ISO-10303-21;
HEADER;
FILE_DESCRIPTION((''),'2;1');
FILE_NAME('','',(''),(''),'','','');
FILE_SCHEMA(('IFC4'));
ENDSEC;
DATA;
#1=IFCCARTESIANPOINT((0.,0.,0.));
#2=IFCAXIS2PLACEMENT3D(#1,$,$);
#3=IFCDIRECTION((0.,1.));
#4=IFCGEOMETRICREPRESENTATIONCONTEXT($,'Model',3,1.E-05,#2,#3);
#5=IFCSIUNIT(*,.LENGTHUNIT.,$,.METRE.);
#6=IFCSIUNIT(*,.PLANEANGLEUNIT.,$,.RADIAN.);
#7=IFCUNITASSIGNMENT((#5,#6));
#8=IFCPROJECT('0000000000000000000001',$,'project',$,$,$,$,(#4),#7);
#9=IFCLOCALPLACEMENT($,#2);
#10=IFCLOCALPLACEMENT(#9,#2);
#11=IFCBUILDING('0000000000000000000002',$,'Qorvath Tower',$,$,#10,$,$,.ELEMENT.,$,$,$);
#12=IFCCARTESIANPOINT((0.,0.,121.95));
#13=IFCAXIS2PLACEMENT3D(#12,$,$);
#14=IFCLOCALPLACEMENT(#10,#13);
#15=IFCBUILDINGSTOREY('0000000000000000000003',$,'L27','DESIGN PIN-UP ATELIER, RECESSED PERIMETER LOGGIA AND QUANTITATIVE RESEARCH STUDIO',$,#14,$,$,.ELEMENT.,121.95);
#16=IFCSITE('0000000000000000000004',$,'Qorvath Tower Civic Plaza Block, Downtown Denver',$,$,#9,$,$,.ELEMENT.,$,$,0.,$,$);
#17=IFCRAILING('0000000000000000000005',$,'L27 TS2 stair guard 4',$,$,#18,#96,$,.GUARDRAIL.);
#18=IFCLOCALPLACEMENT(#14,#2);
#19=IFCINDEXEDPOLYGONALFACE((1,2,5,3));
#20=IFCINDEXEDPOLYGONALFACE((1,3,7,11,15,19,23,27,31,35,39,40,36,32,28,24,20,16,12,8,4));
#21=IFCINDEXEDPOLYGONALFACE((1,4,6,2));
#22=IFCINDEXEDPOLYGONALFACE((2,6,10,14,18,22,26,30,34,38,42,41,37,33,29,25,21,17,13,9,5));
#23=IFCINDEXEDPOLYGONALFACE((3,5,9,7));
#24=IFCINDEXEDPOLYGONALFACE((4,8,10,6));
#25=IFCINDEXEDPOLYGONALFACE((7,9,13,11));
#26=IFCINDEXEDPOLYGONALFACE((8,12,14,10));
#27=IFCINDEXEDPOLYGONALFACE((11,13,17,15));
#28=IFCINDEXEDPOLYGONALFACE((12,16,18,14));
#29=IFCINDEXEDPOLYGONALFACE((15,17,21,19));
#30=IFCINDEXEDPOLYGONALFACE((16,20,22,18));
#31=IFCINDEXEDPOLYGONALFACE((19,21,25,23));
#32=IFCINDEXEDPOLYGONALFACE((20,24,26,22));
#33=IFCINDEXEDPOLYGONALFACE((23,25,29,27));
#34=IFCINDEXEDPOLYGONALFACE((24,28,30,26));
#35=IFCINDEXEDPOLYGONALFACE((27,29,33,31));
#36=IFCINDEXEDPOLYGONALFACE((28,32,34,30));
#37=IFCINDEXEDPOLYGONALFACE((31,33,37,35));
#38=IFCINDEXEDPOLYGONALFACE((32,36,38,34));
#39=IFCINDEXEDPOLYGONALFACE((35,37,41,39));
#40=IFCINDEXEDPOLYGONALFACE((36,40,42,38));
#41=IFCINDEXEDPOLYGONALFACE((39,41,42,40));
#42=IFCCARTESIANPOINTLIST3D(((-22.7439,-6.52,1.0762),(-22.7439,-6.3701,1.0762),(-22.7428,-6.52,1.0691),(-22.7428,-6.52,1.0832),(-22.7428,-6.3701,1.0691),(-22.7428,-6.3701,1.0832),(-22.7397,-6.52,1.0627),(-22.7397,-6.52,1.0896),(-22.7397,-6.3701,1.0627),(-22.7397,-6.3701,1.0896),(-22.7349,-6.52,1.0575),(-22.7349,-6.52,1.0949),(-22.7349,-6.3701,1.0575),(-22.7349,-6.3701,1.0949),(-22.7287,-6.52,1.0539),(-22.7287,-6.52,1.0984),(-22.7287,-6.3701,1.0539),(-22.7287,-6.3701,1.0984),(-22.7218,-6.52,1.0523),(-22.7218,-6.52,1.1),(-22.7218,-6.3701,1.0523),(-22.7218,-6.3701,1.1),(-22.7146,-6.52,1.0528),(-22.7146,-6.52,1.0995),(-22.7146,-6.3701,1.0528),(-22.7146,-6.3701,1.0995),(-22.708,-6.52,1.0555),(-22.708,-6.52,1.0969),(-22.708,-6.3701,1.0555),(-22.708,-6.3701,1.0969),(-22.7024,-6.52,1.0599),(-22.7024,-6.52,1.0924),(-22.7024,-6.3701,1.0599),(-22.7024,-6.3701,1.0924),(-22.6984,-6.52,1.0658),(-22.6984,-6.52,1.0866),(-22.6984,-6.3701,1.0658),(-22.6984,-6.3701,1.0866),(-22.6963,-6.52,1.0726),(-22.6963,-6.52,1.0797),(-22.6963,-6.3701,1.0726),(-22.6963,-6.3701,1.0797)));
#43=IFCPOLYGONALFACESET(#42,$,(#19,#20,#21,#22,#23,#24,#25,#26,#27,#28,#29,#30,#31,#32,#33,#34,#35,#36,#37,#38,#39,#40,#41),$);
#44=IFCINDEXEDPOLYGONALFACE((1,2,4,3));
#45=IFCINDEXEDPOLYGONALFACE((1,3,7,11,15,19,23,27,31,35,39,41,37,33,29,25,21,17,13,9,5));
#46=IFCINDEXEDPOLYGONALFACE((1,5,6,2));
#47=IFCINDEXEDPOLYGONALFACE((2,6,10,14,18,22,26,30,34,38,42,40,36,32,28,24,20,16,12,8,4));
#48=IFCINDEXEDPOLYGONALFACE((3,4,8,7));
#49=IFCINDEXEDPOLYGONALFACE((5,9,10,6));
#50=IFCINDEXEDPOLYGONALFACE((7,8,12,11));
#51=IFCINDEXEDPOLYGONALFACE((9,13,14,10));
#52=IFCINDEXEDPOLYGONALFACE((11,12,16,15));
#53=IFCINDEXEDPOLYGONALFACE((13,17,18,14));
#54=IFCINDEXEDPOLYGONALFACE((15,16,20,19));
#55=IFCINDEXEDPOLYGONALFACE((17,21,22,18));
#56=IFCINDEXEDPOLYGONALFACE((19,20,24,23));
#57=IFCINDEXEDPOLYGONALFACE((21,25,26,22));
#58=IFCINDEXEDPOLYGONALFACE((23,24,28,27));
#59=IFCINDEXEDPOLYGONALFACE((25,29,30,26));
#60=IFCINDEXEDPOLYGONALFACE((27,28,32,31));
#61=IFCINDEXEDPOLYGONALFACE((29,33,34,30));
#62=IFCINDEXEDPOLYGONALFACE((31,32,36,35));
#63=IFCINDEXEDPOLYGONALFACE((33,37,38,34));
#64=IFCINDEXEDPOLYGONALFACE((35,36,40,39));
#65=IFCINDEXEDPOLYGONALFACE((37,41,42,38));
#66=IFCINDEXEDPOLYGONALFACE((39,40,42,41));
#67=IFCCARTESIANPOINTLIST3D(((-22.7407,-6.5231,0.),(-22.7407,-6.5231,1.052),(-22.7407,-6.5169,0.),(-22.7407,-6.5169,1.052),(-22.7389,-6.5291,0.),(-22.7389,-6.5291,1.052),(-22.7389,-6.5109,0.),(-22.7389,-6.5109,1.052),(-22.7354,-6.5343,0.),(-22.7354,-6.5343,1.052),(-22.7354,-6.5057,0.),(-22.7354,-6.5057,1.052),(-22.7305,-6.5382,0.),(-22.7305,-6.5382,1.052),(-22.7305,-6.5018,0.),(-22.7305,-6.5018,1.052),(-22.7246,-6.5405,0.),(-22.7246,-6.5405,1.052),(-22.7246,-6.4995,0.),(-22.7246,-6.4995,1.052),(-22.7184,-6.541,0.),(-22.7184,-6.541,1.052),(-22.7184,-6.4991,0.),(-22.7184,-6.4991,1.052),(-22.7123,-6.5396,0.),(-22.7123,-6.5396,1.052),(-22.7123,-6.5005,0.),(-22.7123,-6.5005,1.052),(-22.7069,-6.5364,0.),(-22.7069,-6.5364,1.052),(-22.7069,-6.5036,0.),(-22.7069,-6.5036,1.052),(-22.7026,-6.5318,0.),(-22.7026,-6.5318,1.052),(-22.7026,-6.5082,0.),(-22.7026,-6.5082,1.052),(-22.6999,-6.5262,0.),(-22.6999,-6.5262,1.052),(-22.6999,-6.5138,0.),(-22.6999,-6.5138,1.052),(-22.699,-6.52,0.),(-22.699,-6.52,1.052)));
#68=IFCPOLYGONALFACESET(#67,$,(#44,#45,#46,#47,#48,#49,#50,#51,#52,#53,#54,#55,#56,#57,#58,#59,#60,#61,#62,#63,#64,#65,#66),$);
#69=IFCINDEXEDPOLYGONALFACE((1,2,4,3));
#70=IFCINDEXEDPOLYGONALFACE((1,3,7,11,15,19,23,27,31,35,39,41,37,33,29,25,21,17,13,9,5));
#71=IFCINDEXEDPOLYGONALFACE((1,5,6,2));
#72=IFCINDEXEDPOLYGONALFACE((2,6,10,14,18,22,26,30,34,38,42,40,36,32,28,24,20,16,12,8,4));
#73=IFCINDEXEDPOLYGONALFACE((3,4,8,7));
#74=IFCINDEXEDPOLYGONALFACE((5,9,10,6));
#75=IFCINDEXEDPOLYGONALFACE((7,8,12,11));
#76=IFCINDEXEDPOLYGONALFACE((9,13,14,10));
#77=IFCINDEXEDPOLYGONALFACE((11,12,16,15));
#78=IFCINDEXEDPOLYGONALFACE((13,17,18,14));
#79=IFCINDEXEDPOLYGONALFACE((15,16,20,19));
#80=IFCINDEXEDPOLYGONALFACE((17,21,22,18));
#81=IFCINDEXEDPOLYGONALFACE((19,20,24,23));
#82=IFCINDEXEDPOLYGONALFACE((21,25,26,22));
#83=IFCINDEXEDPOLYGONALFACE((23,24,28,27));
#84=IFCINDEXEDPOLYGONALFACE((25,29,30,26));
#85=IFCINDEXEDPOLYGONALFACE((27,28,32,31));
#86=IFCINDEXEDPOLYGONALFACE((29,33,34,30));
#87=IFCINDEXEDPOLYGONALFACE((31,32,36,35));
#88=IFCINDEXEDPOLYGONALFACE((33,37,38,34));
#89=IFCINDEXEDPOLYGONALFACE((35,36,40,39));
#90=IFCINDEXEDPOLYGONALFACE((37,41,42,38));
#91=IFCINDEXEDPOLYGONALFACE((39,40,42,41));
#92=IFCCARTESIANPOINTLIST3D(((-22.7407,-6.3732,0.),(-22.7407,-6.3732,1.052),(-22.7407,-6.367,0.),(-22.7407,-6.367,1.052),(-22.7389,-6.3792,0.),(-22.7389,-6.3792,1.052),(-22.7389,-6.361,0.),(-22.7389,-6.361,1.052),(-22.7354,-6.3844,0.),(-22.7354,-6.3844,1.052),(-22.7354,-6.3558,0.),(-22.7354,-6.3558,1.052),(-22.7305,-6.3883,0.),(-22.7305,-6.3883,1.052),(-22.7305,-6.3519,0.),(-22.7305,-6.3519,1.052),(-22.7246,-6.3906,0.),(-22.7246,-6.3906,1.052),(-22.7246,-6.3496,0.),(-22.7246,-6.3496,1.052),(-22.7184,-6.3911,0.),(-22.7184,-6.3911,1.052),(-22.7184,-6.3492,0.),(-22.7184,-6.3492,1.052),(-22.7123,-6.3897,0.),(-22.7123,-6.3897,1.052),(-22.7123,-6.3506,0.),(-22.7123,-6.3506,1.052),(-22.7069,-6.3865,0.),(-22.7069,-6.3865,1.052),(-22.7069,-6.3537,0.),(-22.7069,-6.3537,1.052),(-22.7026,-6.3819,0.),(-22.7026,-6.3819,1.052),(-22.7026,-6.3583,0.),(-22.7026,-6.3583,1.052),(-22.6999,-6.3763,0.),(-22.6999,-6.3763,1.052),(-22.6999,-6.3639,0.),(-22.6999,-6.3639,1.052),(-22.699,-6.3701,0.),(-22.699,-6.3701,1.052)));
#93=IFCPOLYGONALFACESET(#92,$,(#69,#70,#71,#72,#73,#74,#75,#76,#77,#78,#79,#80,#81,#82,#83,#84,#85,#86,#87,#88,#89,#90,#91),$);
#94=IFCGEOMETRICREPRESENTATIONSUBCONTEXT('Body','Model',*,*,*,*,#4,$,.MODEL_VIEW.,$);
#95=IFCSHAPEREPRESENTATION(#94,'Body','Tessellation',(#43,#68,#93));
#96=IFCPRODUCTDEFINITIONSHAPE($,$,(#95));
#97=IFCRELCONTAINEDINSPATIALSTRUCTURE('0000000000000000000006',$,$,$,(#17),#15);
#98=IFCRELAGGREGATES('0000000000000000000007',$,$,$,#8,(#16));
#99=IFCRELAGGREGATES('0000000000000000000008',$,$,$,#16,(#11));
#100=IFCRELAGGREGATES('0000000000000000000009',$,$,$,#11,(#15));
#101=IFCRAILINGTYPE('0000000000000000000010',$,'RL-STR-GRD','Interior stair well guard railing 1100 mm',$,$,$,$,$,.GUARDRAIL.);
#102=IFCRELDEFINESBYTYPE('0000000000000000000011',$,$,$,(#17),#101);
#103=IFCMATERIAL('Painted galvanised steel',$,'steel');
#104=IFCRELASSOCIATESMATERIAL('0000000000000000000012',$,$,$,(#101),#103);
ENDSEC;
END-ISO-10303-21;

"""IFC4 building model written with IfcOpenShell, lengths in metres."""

from ifc_helpers import new_model, si_unit, direction, frame, origin, origin_2d, place, context, subcontext, project, spatial, circle, extrude, material, type_object, element, save


model = new_model("IFC4")

# Units and contexts
model_context = context("Model", 3, precision=1e-05, world=origin(), true_north=direction((0.0, 1.0)))
body_context = subcontext(model_context, "Body", "Model", "MODEL_VIEW")
ifc_project = project(units=[si_unit("LENGTHUNIT", "METRE"), si_unit("PLANEANGLEUNIT", "RADIAN")], contexts=[model_context])

# Site, building, storey
site_placement = place(None, origin())
site = spatial("IfcSite", under=ifc_project, at=site_placement, Name="Qorvath Tower Civic Plaza Block, Downtown Denver", CompositionType="ELEMENT", RefElevation=0.0)
building_placement = place(site_placement, origin())
building = spatial("IfcBuilding", under=site, at=building_placement, Name="Qorvath Tower", CompositionType="ELEMENT")
storey_placement = place(building_placement, frame((0.0, 0.0, 121.95)))
storey = spatial("IfcBuildingStorey", under=building, at=storey_placement, Name="L27", Description="DESIGN PIN-UP ATELIER, RECESSED PERIMETER LOGGIA AND QUANTITATIVE RESEARCH STUDIO", CompositionType="ELEMENT", Elevation=121.95)

# Railing
ifc_material_1 = material(Name="Painted galvanised steel", Category="steel")
railing_type_1 = type_object("IfcRailingType", Name="RL-STR-GRD", Description="Interior stair well guard railing 1100 mm", PredefinedType="GUARDRAIL", material=ifc_material_1)
railing_1_placement = place(storey_placement, frame((-22.72, -6.52, 0.0)))
element("IfcRailing", 1, at=railing_1_placement, inside=storey, type_object=railing_type_1, Name="L27 TS2 stair guard 4", PredefinedType="GUARDRAIL", context=body_context, shape_type="SweptSolid", body=[
    extrude(circle(Radius=0.0239, at=origin_2d()), frame((0.0, 0.0, 1.0762), z_axis=(0.0, 1.0, 0.0), x_axis=(-1.0, 0.0, 0.0)), (0.0, 0.0, 1.0), 0.1499),
    extrude(circle(Radius=0.021, at=origin_2d()), origin(), (0.0, 0.0, 1.0), 1.052),
    extrude(circle(Radius=0.021, at=origin_2d()), frame((0.0, 0.1499, 0.0)), (0.0, 0.0, 1.0), 1.052),
])

save(model, "model.ifc")
